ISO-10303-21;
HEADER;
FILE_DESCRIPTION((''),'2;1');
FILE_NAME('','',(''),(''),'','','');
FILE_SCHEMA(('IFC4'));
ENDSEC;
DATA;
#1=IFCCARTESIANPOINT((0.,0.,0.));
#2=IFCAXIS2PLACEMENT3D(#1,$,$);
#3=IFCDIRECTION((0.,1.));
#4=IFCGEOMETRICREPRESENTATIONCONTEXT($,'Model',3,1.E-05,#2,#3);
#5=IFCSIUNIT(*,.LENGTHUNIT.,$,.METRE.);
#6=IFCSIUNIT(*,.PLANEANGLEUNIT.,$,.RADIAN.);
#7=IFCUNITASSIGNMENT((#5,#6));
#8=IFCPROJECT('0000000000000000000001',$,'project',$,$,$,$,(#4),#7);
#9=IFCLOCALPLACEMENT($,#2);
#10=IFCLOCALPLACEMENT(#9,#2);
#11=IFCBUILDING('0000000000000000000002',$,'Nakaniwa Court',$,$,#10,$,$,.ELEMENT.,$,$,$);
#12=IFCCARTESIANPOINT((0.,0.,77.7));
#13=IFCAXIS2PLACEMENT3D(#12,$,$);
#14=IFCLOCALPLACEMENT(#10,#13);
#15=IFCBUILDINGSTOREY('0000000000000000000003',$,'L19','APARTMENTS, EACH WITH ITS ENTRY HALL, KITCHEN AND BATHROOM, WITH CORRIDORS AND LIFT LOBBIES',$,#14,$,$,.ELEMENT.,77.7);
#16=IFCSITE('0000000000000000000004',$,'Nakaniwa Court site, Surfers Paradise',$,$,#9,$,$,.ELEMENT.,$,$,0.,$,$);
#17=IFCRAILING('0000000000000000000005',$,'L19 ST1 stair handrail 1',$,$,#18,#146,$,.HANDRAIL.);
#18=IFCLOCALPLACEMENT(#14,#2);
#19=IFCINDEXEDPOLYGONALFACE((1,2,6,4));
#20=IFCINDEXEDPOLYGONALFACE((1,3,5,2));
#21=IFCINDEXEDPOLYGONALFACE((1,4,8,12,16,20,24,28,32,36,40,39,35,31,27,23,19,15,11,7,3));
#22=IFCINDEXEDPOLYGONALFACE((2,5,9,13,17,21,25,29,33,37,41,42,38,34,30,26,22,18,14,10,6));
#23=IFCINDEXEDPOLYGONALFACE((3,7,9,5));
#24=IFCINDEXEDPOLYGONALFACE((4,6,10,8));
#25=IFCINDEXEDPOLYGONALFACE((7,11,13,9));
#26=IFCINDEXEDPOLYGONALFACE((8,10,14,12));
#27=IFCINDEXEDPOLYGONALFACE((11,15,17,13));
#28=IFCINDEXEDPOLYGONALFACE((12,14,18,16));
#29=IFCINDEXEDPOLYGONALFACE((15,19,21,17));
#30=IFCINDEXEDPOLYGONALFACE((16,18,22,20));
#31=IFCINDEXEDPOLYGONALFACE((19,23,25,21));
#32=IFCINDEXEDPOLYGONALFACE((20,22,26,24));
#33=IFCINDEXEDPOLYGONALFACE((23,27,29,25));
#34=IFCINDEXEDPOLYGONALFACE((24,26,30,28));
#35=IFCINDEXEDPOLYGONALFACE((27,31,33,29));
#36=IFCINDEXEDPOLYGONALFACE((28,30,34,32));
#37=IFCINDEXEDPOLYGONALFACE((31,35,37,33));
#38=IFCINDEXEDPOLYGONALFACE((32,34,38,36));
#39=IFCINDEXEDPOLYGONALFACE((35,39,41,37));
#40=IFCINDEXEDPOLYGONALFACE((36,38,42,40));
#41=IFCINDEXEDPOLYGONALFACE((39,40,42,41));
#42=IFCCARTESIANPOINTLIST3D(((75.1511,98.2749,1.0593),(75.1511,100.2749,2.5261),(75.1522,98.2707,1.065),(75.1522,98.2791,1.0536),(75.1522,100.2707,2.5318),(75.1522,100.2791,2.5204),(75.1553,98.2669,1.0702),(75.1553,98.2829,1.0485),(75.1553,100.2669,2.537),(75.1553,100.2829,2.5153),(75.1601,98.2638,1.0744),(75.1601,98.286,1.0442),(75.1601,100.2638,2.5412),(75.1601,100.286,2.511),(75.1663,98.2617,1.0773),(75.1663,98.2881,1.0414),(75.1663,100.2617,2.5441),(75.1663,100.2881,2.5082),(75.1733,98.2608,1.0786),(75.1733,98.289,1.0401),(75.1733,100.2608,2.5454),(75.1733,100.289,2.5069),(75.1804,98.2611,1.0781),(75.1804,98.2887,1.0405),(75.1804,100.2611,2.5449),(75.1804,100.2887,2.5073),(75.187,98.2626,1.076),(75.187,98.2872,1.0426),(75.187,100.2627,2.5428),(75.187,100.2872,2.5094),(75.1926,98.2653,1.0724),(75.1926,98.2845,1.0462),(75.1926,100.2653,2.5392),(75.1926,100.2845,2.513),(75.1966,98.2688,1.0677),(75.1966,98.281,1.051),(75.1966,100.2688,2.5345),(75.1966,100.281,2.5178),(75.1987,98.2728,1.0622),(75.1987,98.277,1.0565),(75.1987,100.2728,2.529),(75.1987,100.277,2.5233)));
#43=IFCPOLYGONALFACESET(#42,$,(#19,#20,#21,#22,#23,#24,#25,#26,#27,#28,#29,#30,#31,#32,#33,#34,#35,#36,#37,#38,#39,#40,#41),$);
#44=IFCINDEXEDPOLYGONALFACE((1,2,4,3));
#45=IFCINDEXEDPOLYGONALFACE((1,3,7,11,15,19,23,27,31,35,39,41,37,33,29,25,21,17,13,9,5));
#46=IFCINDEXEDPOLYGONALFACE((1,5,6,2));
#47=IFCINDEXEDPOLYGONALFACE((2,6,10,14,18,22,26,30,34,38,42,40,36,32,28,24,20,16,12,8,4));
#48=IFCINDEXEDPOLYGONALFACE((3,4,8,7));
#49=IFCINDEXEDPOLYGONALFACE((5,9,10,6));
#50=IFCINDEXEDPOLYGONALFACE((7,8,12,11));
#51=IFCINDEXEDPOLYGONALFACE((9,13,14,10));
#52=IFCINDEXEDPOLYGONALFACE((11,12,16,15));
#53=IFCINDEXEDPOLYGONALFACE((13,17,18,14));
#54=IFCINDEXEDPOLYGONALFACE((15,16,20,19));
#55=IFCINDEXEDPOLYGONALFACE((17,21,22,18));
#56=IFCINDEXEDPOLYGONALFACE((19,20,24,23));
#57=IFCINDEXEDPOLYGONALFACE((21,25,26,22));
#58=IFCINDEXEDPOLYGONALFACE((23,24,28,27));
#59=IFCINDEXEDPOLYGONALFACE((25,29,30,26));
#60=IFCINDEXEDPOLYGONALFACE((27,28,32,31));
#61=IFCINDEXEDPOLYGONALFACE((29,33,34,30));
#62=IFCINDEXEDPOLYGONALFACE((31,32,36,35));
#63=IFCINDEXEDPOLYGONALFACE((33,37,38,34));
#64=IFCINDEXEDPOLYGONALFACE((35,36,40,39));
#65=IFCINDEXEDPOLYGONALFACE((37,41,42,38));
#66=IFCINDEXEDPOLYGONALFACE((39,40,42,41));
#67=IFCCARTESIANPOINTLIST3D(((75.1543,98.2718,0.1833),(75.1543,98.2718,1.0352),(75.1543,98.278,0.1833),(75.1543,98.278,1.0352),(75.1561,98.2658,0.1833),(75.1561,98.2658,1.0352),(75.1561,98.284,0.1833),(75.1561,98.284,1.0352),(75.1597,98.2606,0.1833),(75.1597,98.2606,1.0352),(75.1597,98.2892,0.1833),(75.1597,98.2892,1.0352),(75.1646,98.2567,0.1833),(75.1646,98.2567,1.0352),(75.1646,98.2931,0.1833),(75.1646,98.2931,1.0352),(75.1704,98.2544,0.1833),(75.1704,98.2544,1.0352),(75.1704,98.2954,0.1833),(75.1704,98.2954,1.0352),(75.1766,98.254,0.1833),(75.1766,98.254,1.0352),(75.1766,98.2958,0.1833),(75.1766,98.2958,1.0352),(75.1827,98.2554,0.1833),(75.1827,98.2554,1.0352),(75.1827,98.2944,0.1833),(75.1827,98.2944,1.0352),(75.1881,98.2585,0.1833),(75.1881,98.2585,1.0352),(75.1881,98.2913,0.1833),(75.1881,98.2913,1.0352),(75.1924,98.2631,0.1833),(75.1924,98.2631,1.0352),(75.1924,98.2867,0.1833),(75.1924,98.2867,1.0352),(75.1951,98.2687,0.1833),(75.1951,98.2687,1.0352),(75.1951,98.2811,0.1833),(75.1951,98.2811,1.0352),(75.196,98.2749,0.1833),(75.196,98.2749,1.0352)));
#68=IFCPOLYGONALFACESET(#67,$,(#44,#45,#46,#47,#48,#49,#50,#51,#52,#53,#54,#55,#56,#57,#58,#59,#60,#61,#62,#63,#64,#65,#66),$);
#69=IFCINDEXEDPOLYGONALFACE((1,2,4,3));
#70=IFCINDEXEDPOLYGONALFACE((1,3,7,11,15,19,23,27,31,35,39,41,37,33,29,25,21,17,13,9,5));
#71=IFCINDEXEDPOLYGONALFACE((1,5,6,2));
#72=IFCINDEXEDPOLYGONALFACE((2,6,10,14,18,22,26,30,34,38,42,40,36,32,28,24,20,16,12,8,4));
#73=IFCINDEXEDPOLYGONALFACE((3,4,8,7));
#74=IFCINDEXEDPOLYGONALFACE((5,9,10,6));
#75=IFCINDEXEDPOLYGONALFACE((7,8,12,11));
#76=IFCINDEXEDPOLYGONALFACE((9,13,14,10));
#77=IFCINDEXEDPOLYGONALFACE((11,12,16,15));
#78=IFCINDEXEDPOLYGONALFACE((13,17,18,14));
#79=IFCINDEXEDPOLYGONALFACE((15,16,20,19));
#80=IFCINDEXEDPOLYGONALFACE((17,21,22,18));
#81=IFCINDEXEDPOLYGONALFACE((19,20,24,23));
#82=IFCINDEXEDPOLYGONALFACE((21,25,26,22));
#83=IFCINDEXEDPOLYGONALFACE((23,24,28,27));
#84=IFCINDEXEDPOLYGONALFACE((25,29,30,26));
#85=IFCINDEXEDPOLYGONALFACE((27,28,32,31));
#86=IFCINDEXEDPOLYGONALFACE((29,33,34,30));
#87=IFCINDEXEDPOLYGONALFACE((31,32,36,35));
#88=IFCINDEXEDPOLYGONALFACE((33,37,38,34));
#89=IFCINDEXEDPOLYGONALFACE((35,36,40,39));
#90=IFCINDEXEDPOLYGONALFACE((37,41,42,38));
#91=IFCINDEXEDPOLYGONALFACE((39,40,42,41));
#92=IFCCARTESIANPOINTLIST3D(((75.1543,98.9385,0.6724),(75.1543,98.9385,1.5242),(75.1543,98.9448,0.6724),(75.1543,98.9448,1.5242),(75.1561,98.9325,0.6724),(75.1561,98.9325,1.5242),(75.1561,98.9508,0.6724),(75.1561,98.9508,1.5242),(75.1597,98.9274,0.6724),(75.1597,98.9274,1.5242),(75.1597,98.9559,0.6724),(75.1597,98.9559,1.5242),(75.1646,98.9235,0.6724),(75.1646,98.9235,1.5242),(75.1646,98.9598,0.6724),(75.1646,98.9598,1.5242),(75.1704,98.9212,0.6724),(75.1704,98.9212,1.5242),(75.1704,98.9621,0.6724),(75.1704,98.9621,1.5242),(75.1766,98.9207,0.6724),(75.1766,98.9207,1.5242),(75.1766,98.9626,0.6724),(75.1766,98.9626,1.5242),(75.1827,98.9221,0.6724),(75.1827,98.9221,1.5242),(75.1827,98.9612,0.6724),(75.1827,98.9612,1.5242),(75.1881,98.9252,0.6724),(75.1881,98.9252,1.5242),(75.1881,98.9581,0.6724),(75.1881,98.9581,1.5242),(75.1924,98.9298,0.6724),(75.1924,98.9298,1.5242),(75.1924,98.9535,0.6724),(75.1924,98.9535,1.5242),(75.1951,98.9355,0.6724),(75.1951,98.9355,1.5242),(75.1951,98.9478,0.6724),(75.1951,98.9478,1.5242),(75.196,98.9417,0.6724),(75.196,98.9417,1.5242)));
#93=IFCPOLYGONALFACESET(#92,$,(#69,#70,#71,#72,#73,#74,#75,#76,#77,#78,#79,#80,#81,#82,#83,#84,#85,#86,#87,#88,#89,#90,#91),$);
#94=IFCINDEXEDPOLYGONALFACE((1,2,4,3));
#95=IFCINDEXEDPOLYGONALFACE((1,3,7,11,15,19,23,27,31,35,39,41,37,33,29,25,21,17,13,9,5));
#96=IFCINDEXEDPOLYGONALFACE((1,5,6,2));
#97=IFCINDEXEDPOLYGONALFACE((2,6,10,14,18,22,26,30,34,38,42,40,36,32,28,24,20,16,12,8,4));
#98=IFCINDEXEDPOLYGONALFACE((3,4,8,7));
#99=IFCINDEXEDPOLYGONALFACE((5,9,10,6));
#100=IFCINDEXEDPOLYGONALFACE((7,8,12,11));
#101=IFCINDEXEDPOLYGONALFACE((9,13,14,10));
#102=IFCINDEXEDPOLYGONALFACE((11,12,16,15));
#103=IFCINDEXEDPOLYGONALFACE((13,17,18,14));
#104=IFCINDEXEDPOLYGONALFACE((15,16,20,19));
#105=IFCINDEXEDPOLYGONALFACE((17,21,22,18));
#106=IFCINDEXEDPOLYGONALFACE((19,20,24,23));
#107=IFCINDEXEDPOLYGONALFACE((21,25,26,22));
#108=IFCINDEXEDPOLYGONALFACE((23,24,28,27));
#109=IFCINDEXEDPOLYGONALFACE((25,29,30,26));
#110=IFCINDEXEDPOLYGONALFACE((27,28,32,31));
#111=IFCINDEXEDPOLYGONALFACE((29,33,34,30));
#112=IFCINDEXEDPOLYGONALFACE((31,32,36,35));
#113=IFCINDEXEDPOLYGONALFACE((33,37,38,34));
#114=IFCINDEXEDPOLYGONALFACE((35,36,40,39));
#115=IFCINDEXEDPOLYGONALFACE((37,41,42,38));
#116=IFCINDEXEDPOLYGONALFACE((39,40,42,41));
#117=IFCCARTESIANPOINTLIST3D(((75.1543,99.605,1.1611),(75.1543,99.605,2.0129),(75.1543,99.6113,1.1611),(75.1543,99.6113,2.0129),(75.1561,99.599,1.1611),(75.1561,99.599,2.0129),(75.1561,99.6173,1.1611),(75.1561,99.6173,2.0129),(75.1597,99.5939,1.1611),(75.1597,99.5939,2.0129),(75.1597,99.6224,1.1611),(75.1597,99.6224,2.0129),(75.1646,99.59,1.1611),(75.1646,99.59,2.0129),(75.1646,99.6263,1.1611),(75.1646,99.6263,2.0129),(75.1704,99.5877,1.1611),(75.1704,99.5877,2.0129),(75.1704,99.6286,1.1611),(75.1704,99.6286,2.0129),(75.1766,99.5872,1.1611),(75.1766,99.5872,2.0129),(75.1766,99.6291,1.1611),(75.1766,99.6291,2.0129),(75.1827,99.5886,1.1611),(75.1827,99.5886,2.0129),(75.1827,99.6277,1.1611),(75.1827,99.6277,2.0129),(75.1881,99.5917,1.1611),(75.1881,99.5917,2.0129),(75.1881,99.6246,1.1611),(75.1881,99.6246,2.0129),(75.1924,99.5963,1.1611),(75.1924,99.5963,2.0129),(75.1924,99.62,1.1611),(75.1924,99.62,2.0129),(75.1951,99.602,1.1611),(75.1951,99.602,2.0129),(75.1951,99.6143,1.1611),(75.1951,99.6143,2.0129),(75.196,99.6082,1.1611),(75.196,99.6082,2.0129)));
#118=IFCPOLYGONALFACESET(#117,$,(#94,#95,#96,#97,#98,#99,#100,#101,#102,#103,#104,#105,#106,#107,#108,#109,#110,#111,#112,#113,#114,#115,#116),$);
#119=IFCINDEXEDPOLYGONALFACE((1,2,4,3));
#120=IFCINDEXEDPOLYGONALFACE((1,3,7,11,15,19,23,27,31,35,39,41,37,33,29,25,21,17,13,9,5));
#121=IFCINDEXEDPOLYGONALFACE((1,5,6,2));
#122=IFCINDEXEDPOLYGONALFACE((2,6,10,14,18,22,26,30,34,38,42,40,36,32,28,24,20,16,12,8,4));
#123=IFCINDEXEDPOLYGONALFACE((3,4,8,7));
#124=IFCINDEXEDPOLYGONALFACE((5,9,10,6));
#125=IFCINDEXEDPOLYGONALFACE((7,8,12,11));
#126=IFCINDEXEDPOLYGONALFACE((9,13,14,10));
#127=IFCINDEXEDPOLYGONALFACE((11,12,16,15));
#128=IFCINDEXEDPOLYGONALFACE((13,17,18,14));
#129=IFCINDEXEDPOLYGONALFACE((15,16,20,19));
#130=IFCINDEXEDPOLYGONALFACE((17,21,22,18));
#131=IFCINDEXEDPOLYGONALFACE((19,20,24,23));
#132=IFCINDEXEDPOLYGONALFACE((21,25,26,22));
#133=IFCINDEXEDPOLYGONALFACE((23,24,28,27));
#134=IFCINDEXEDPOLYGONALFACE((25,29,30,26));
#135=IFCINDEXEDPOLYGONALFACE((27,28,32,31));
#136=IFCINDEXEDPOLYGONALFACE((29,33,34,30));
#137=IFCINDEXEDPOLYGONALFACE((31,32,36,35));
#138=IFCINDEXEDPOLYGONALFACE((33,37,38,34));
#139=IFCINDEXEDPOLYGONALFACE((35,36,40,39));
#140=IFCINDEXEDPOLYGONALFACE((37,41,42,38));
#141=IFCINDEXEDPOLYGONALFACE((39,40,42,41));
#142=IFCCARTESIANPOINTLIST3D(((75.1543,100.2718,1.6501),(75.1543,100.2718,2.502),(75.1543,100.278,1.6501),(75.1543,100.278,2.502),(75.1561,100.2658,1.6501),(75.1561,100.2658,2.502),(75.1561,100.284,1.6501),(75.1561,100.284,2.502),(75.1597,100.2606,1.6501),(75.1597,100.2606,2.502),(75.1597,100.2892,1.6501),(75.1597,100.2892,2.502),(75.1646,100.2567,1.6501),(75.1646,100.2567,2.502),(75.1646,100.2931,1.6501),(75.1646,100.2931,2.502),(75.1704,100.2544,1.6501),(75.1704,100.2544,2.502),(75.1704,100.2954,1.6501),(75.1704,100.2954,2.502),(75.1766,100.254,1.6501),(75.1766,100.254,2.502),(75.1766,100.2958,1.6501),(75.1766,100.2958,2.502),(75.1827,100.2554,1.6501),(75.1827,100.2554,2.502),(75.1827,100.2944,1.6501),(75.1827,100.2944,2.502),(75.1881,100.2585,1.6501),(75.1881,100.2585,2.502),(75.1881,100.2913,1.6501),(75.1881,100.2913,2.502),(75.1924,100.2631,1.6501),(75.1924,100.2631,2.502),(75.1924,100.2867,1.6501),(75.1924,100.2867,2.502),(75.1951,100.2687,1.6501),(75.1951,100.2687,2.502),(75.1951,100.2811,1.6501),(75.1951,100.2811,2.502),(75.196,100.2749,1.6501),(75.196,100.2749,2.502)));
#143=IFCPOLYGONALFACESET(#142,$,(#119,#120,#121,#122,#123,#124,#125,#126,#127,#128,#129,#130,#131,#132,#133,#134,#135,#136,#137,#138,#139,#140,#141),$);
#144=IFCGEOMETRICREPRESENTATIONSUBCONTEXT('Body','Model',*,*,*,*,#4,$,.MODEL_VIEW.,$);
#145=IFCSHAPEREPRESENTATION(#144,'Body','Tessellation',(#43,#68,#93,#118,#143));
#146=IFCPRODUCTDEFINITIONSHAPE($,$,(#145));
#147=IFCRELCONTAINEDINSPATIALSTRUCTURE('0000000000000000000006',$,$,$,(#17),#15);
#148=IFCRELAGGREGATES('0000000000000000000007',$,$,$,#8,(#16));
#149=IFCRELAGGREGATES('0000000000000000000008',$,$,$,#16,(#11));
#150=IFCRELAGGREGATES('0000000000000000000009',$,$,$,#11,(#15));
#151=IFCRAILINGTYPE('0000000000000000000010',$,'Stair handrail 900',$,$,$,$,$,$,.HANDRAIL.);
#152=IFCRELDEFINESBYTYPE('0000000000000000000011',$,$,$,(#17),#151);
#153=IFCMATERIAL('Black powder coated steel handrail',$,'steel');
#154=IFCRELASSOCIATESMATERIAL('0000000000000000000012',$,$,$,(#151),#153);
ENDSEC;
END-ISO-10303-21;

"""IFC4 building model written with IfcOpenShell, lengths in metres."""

from ifc_helpers import new_model, si_unit, direction, frame, origin, origin_2d, place, context, subcontext, project, spatial, circle, extrude, material, type_object, element, save


model = new_model("IFC4")

# Units and contexts
model_context = context("Model", 3, precision=1e-05, world=origin(), true_north=direction((0.0, 1.0)))
body_context = subcontext(model_context, "Body", "Model", "MODEL_VIEW")
ifc_project = project(units=[si_unit("LENGTHUNIT", "METRE"), si_unit("PLANEANGLEUNIT", "RADIAN")], contexts=[model_context])

# Site, building, storey
site_placement = place(None, origin())
site = spatial("IfcSite", under=ifc_project, at=site_placement, Name="Nakaniwa Court site, Surfers Paradise", CompositionType="ELEMENT", RefElevation=0.0)
building_placement = place(site_placement, origin())
building = spatial("IfcBuilding", under=site, at=building_placement, Name="Nakaniwa Court", CompositionType="ELEMENT")
storey_placement = place(building_placement, frame((0.0, 0.0, 77.7)))
storey = spatial("IfcBuildingStorey", under=building, at=storey_placement, Name="L19", Description="APARTMENTS, EACH WITH ITS ENTRY HALL, KITCHEN AND BATHROOM, WITH CORRIDORS AND LIFT LOBBIES", CompositionType="ELEMENT", Elevation=77.7)

# Railing
ifc_material_1 = material(Name="Black powder coated steel handrail", Category="steel")
railing_type_1 = type_object("IfcRailingType", Name="Stair handrail 900", PredefinedType="HANDRAIL", material=ifc_material_1)
railing_1_placement = place(storey_placement, frame((75.175, 98.2749, 0.1833)))
element("IfcRailing", 1, at=railing_1_placement, inside=storey, type_object=railing_type_1, Name="L19 ST1 stair handrail 1", PredefinedType="HANDRAIL", context=body_context, shape_type="SweptSolid", body=[
    extrude(circle(Radius=0.0239, at=origin_2d()), frame((0.0, 0.0, 0.876), z_axis=(0.0, 0.80638, 0.591398), x_axis=(-1.0, 0.0, 0.0)), (0.0, 0.0, 1.0), 2.4802),
    extrude(circle(Radius=0.021, at=origin_2d()), origin(), (0.0, 0.0, 1.0), 0.8518),
    extrude(circle(Radius=0.021, at=origin_2d()), frame((0.0, 0.6667, 0.489)), (0.0, 0.0, 1.0), 0.8518),
    extrude(circle(Radius=0.021, at=origin_2d()), frame((0.0, 1.3333, 0.9778)), (0.0, 0.0, 1.0), 0.8518),
    extrude(circle(Radius=0.021, at=origin_2d()), frame((0.0, 2.0, 1.4668)), (0.0, 0.0, 1.0), 0.8518),
])

save(model, "model.ifc")
